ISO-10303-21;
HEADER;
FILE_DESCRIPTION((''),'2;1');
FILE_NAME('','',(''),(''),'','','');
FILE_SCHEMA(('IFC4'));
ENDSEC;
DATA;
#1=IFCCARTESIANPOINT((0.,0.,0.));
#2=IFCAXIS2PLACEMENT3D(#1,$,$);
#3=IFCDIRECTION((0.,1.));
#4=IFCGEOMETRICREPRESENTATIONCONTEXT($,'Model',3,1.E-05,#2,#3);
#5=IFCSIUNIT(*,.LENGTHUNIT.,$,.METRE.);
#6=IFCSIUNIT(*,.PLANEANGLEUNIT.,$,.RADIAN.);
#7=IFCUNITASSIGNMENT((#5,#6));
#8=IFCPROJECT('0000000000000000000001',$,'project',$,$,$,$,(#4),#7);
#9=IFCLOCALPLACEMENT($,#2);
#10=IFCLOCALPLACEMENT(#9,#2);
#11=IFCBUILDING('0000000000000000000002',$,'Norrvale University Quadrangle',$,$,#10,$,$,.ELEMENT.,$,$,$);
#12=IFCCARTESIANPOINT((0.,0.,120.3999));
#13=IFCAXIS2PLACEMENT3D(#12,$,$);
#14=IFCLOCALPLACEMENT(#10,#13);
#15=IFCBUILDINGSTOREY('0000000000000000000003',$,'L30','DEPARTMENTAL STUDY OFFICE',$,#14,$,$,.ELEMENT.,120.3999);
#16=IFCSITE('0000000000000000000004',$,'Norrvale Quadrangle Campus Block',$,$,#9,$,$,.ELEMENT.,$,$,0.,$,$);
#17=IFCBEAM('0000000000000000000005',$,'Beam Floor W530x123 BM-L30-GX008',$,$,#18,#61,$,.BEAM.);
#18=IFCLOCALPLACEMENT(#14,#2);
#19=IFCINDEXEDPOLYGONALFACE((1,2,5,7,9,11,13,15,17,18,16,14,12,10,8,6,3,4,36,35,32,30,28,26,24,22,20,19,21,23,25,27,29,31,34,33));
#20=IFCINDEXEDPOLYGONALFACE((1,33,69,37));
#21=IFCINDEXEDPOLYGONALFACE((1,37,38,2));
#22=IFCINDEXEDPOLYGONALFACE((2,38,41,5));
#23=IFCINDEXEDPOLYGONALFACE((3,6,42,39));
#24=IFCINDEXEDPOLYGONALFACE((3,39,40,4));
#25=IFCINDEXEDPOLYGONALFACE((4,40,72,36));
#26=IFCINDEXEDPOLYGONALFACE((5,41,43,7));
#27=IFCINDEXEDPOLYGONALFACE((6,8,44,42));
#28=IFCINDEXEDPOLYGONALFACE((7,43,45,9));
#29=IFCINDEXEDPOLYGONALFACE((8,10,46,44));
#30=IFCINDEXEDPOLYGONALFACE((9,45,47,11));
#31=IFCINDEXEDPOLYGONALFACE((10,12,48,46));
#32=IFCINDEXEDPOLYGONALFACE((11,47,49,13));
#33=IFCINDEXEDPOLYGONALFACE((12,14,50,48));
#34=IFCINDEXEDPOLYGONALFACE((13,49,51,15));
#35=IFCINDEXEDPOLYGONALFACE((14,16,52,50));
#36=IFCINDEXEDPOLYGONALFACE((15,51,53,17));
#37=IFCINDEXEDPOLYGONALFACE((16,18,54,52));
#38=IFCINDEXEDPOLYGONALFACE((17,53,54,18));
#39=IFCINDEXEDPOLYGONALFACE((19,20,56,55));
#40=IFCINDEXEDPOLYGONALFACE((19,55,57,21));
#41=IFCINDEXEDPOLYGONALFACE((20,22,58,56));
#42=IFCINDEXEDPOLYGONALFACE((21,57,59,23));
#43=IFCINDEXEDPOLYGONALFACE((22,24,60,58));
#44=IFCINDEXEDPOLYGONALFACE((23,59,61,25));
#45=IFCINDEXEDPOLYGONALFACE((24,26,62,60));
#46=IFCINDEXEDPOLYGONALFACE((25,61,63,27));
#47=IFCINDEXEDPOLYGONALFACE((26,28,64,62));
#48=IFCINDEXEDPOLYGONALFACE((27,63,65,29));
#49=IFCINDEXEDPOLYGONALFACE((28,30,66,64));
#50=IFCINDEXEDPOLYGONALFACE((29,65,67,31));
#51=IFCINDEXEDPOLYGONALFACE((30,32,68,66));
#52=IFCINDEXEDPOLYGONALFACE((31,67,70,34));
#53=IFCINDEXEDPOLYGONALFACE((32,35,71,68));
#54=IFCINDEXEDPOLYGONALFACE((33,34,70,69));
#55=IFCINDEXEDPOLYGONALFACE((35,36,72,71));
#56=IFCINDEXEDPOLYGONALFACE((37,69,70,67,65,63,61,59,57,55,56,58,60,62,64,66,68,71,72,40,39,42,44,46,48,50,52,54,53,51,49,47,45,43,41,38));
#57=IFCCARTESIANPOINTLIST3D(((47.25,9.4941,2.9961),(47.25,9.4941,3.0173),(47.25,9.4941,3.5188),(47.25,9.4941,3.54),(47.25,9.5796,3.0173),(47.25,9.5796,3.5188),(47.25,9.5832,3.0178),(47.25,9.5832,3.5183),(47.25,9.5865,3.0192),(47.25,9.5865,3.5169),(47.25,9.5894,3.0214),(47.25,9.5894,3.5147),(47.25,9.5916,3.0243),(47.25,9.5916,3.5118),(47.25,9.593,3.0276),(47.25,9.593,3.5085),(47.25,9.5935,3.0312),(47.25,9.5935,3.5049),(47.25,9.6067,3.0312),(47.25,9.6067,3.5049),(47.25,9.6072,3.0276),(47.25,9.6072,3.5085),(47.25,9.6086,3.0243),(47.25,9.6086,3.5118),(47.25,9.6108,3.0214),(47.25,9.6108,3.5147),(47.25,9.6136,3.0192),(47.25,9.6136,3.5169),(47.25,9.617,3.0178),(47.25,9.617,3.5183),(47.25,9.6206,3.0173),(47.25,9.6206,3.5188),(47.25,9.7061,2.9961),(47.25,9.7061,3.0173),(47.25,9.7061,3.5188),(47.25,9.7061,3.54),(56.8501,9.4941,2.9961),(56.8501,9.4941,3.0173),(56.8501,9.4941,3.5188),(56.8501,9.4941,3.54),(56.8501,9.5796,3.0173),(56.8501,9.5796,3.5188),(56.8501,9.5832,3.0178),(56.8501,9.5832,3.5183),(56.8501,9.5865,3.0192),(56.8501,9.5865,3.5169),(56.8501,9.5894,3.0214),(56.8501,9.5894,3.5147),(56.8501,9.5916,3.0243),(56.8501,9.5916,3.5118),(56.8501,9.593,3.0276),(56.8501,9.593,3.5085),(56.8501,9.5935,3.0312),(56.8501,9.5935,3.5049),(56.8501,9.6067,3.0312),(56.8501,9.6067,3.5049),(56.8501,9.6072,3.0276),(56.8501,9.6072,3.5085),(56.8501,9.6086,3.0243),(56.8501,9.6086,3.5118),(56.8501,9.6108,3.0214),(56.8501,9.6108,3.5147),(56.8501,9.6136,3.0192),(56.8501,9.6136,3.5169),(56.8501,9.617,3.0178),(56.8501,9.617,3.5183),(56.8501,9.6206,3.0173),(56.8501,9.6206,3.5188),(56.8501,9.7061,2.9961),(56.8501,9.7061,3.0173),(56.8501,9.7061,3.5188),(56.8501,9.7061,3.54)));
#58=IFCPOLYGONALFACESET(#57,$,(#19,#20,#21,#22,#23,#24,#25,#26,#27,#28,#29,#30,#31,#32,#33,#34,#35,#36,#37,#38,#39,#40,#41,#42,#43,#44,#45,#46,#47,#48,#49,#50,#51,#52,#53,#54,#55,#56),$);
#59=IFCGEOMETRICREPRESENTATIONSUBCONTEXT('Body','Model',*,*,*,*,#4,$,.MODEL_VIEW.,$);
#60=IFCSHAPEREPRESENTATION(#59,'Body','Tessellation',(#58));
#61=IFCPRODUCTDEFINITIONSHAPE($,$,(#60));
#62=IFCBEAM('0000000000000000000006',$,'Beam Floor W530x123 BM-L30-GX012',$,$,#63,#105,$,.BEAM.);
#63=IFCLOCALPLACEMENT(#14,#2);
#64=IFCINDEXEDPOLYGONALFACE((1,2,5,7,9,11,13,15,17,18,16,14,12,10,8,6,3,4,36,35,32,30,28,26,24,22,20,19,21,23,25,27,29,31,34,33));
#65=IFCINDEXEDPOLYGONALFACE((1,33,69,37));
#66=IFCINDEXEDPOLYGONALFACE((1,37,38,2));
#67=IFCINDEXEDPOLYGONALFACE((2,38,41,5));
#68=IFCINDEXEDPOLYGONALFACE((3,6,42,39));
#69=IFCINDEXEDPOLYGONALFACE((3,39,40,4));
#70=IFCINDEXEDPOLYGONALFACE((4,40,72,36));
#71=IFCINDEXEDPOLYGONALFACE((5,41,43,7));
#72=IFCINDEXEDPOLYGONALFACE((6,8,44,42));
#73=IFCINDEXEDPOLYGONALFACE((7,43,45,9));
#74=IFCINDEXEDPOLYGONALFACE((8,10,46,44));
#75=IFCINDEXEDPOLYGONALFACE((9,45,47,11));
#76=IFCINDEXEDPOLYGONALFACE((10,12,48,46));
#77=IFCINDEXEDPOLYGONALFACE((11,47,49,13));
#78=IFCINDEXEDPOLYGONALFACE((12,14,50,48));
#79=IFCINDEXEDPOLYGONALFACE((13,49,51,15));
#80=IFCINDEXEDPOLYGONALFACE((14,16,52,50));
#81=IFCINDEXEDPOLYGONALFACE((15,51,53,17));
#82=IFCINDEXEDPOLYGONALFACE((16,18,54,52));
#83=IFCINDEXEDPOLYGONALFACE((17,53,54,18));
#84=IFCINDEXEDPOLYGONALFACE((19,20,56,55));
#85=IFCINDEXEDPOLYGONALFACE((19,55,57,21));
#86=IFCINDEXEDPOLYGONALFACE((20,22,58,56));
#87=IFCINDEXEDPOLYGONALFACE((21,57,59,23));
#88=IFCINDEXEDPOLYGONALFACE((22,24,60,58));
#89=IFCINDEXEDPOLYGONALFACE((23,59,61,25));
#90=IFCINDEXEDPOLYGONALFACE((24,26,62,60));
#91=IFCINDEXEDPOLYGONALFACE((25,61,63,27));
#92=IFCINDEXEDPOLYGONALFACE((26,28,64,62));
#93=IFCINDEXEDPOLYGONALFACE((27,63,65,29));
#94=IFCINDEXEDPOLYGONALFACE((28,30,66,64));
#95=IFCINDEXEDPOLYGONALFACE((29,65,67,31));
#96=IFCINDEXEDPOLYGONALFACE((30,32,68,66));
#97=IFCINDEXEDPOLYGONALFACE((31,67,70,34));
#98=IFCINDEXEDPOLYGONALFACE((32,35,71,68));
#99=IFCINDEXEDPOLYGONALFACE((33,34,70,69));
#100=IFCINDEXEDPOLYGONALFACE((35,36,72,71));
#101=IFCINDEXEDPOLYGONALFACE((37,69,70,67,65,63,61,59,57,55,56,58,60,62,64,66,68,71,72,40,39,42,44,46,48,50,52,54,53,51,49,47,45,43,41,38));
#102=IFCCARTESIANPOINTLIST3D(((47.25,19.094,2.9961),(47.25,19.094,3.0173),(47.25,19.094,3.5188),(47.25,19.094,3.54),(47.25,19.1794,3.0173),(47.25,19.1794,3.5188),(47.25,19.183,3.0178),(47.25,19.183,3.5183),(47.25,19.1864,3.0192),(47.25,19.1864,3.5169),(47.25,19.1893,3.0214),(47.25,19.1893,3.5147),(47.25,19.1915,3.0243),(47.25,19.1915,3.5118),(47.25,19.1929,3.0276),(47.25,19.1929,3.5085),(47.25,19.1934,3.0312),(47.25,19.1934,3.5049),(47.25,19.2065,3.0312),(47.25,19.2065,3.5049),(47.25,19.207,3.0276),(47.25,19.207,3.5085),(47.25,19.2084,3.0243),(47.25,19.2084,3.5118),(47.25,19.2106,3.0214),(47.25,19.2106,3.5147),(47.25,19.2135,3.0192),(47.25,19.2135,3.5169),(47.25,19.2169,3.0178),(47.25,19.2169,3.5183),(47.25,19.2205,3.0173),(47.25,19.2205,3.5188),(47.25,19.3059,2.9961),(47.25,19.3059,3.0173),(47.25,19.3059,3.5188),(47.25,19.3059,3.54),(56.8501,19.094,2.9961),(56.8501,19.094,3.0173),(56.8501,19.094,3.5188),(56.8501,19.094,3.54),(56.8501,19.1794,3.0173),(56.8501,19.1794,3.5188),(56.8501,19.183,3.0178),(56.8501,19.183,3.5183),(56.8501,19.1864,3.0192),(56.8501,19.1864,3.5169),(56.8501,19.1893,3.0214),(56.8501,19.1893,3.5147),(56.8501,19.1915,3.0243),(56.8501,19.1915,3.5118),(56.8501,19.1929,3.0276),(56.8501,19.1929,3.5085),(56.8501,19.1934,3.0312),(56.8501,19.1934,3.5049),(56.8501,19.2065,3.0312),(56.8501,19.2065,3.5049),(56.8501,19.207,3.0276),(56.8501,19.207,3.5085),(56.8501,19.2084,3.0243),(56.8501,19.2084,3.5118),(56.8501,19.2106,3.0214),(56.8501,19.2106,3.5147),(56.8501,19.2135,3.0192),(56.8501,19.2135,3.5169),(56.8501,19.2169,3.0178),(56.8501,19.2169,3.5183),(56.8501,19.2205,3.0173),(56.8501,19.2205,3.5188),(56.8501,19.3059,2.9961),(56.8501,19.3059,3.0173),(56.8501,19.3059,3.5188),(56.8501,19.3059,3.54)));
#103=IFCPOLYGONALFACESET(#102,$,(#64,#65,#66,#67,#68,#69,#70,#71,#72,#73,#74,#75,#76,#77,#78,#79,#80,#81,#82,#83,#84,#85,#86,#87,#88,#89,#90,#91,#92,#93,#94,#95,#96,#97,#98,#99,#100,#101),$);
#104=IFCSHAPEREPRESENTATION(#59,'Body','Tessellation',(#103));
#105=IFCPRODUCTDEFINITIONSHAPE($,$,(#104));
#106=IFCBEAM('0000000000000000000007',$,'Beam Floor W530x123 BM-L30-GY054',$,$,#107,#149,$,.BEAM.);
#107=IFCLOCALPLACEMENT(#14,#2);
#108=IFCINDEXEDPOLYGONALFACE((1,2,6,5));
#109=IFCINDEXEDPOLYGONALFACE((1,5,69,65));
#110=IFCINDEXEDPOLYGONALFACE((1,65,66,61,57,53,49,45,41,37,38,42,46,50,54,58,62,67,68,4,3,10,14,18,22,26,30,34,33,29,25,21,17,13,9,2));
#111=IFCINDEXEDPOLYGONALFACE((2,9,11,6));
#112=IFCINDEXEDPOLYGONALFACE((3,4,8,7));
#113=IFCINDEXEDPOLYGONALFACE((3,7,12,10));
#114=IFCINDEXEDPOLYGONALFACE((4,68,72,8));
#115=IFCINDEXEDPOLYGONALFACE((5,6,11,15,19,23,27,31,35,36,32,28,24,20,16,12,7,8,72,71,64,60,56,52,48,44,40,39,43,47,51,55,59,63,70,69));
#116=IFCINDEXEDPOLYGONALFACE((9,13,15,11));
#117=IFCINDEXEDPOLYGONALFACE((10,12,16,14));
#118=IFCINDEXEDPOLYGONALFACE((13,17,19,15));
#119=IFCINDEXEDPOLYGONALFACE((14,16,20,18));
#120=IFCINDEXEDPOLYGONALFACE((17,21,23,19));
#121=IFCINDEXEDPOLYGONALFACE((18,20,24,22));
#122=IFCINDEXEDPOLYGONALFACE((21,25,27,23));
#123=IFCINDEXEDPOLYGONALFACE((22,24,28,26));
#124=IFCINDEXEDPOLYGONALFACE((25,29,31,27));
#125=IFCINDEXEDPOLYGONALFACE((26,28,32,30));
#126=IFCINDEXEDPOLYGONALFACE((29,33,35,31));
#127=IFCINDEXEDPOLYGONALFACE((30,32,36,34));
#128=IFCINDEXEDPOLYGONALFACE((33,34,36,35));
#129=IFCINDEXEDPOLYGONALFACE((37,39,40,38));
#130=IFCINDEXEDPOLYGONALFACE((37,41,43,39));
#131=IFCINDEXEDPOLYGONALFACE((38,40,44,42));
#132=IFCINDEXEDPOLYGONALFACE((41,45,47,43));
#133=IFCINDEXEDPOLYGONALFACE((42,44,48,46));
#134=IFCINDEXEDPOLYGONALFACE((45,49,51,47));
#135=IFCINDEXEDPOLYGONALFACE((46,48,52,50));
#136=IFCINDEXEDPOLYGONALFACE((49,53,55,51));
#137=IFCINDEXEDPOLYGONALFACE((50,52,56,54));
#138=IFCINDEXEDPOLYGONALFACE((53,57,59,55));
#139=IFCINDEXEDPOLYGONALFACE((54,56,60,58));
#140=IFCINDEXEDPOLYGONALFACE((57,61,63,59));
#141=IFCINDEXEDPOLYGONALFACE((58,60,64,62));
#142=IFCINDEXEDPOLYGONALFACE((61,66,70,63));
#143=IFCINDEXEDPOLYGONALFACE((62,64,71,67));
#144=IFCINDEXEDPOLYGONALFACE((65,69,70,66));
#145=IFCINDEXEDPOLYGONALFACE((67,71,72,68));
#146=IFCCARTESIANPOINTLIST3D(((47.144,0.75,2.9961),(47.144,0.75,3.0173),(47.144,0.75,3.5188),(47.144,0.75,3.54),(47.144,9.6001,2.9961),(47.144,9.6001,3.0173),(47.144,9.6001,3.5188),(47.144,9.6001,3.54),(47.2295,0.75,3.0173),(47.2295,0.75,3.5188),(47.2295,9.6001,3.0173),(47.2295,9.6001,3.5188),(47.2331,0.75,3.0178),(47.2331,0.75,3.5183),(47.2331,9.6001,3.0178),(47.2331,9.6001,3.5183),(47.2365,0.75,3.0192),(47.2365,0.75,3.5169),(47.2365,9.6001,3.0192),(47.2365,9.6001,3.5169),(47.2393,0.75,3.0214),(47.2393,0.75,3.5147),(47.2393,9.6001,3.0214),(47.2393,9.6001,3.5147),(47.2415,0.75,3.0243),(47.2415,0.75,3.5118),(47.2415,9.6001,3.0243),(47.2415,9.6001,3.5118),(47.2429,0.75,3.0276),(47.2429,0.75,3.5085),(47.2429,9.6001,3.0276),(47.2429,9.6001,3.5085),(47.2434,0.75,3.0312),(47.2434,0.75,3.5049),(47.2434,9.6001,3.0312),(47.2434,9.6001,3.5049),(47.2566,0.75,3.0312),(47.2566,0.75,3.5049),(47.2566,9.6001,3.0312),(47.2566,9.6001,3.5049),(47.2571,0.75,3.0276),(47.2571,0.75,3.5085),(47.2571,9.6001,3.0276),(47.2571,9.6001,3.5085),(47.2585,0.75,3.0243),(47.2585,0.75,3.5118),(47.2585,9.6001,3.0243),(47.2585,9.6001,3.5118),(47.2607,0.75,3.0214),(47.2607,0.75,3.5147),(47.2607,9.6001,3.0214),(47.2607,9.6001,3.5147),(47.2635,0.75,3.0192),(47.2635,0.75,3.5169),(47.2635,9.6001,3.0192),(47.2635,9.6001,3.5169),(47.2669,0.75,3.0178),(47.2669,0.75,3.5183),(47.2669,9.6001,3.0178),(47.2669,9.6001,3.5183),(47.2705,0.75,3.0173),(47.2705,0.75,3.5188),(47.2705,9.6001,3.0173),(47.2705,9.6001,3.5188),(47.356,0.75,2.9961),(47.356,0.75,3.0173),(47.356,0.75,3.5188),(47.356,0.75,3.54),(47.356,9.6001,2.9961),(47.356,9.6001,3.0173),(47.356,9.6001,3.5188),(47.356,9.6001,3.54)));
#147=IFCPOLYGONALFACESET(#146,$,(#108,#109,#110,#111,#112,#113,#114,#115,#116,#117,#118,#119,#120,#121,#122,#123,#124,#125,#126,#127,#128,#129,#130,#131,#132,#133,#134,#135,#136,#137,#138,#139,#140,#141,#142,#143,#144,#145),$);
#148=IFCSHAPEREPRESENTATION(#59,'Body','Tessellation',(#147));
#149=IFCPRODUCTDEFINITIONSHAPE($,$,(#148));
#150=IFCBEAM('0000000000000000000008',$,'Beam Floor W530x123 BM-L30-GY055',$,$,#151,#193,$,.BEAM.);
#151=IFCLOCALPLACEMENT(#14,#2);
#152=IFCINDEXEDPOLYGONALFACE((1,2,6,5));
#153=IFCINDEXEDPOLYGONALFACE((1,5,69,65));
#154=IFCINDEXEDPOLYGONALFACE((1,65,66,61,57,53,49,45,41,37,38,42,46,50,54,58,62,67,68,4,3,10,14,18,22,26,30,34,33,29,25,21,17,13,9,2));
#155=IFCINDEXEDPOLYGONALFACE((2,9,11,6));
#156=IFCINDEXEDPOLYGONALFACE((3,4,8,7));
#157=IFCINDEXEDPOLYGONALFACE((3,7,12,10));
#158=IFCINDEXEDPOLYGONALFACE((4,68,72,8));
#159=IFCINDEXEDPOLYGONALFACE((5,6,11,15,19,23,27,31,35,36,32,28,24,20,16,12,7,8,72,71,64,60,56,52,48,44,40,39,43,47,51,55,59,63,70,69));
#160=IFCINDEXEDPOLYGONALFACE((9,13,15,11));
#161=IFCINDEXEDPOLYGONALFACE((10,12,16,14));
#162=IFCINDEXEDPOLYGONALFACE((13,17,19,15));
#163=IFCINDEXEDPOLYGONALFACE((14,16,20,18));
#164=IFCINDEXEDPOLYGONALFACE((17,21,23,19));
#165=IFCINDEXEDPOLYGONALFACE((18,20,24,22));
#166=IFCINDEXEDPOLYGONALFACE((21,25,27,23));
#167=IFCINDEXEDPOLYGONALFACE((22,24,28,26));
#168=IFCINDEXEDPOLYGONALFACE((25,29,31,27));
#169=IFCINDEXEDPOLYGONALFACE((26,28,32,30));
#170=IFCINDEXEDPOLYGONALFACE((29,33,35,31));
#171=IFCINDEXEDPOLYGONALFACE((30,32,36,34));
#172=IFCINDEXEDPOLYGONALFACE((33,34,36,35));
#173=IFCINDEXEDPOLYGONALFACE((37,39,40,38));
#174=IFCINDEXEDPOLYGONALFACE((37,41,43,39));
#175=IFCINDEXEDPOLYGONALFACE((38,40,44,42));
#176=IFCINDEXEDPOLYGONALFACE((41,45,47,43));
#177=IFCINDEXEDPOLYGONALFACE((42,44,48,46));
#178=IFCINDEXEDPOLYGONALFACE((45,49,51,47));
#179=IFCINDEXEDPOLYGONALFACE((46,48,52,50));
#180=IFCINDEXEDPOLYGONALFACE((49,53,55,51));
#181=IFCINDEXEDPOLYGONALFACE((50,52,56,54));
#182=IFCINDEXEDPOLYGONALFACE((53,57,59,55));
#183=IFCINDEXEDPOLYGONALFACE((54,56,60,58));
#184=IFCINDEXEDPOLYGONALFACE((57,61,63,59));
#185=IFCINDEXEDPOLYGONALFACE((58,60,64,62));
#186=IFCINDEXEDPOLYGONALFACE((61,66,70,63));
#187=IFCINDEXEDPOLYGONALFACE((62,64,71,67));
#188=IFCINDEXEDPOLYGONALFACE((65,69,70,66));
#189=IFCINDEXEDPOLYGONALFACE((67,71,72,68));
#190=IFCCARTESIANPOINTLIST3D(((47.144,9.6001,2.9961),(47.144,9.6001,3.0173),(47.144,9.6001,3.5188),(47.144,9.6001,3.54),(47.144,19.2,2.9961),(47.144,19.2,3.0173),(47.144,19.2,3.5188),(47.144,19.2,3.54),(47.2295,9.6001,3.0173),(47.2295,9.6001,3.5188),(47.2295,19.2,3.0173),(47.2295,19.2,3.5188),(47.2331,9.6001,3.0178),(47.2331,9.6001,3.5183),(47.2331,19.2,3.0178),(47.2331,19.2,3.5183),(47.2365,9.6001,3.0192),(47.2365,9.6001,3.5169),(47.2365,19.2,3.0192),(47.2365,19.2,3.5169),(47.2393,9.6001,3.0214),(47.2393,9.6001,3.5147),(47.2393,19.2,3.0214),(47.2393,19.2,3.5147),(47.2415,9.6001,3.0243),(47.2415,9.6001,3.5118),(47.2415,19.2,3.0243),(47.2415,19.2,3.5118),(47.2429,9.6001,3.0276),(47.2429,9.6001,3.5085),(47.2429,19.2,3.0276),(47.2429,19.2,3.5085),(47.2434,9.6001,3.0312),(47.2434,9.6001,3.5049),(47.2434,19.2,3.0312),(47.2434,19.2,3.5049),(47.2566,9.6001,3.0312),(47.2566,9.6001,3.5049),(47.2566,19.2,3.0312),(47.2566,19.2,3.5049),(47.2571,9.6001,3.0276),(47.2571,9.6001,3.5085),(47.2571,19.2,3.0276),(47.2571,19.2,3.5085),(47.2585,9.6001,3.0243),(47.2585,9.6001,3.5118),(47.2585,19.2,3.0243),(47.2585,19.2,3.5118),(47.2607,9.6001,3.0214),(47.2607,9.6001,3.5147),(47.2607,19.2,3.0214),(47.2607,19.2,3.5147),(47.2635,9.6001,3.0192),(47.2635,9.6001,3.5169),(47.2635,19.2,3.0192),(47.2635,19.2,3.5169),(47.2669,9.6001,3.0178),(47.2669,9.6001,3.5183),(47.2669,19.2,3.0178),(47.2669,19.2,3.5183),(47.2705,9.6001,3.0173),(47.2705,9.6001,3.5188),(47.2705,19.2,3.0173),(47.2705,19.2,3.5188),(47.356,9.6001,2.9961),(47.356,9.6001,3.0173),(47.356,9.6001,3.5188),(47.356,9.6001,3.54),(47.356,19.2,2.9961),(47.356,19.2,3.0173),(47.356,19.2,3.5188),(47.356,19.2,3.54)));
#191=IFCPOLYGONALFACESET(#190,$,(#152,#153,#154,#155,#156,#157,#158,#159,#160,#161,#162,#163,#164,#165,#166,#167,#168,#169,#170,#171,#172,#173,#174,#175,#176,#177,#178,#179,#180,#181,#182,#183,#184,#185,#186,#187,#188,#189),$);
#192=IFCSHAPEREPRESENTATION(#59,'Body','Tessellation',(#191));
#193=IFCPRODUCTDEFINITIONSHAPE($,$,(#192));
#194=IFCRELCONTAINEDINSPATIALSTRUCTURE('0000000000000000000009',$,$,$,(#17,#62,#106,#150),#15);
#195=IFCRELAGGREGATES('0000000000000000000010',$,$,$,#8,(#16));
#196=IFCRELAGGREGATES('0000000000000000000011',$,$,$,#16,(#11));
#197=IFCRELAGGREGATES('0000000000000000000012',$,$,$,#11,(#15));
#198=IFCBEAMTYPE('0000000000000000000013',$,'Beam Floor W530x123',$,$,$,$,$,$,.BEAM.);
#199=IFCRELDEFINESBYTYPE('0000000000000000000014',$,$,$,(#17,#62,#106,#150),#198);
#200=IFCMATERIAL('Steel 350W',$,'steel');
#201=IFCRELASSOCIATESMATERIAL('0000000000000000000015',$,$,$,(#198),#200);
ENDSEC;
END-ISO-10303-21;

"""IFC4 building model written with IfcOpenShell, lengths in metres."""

from ifc_helpers import new_model, si_unit, direction, frame, origin, origin_2d, place, context, subcontext, project, spatial, i_section, extrude, material, material_profile, profile_set, type_object, element, save


model = new_model("IFC4")

# Units and contexts
model_context = context("Model", 3, precision=1e-05, world=origin(), true_north=direction((0.0, 1.0)))
body_context = subcontext(model_context, "Body", "Model", "MODEL_VIEW")
ifc_project = project(units=[si_unit("LENGTHUNIT", "METRE"), si_unit("PLANEANGLEUNIT", "RADIAN")], contexts=[model_context])

# Site, building, storey
site_placement = place(None, origin())
site = spatial("IfcSite", under=ifc_project, at=site_placement, Name="Norrvale Quadrangle Campus Block", CompositionType="ELEMENT", RefElevation=0.0)
building_placement = place(site_placement, origin())
building = spatial("IfcBuilding", under=site, at=building_placement, Name="Norrvale University Quadrangle", CompositionType="ELEMENT")
storey_placement = place(building_placement, frame((0.0, 0.0, 120.3999)))
storey = spatial("IfcBuildingStorey", under=building, at=storey_placement, Name="L30", Description="DEPARTMENTAL STUDY OFFICE", CompositionType="ELEMENT", Elevation=120.3999)

# Beams
ifc_material_1 = material(Name="Steel 350W", Category="steel")
ifc_material_profile_1 = material_profile(ifc_material_1, i_section(OverallWidth=0.2119, OverallDepth=0.5439, WebThickness=0.0132, FlangeThickness=0.0212, FilletRadius=0.0139, at=origin_2d()), Name="Steel 350W")
ifc_profile_set_1 = profile_set([ifc_material_profile_1], Name="Steel 350W")
beam_type_1 = type_object("IfcBeamType", Name="Beam Floor W530x123", PredefinedType="BEAM", material=ifc_profile_set_1)
for number, where, z_axis, x_axis, name in (
    (1, (47.25, 9.6001, 3.2681), (1.0, 0.0, 0.0), (0.0, 1.0, 0.0), "Beam Floor W530x123 BM-L30-GX008"),
    (2, (47.25, 19.2, 3.2681), (1.0, 0.0, 0.0), (0.0, 1.0, 0.0), "Beam Floor W530x123 BM-L30-GX012"),
):
    element("IfcBeam", number, at=place(storey_placement, frame(where, z_axis=z_axis, x_axis=x_axis)), inside=storey, type_object=beam_type_1, Name=name, PredefinedType="BEAM", context=body_context, shape_type="SweptSolid", body=[
        extrude(i_section(OverallWidth=0.2119, OverallDepth=0.5439, WebThickness=0.0132, FlangeThickness=0.0212, FilletRadius=0.0139, at=origin_2d()), origin(), (0.0, 0.0, 1.0), 9.6001),
    ])
beam_1_placement = place(storey_placement, frame((47.25, 0.75, 3.2681), z_axis=(0.0, 1.0, 0.0), x_axis=(-1.0, 0.0, 0.0)))
element("IfcBeam", 3, at=beam_1_placement, inside=storey, type_object=beam_type_1, Name="Beam Floor W530x123 BM-L30-GY054", PredefinedType="BEAM", context=body_context, shape_type="SweptSolid", body=[
    extrude(i_section(OverallWidth=0.2119, OverallDepth=0.5439, WebThickness=0.0132, FlangeThickness=0.0212, FilletRadius=0.0139, at=origin_2d()), origin(), (0.0, 0.0, 1.0), 8.8501),
])
beam_2_placement = place(storey_placement, frame((47.25, 9.6001, 3.2681), z_axis=(0.0, 1.0, 0.0), x_axis=(-1.0, 0.0, 0.0)))
element("IfcBeam", 4, at=beam_2_placement, inside=storey, type_object=beam_type_1, Name="Beam Floor W530x123 BM-L30-GY055", PredefinedType="BEAM", context=body_context, shape_type="SweptSolid", body=[
    extrude(i_section(OverallWidth=0.2119, OverallDepth=0.5439, WebThickness=0.0132, FlangeThickness=0.0212, FilletRadius=0.0139, at=origin_2d()), origin(), (0.0, 0.0, 1.0), 9.5999),
])

save(model, "model.ifc")
